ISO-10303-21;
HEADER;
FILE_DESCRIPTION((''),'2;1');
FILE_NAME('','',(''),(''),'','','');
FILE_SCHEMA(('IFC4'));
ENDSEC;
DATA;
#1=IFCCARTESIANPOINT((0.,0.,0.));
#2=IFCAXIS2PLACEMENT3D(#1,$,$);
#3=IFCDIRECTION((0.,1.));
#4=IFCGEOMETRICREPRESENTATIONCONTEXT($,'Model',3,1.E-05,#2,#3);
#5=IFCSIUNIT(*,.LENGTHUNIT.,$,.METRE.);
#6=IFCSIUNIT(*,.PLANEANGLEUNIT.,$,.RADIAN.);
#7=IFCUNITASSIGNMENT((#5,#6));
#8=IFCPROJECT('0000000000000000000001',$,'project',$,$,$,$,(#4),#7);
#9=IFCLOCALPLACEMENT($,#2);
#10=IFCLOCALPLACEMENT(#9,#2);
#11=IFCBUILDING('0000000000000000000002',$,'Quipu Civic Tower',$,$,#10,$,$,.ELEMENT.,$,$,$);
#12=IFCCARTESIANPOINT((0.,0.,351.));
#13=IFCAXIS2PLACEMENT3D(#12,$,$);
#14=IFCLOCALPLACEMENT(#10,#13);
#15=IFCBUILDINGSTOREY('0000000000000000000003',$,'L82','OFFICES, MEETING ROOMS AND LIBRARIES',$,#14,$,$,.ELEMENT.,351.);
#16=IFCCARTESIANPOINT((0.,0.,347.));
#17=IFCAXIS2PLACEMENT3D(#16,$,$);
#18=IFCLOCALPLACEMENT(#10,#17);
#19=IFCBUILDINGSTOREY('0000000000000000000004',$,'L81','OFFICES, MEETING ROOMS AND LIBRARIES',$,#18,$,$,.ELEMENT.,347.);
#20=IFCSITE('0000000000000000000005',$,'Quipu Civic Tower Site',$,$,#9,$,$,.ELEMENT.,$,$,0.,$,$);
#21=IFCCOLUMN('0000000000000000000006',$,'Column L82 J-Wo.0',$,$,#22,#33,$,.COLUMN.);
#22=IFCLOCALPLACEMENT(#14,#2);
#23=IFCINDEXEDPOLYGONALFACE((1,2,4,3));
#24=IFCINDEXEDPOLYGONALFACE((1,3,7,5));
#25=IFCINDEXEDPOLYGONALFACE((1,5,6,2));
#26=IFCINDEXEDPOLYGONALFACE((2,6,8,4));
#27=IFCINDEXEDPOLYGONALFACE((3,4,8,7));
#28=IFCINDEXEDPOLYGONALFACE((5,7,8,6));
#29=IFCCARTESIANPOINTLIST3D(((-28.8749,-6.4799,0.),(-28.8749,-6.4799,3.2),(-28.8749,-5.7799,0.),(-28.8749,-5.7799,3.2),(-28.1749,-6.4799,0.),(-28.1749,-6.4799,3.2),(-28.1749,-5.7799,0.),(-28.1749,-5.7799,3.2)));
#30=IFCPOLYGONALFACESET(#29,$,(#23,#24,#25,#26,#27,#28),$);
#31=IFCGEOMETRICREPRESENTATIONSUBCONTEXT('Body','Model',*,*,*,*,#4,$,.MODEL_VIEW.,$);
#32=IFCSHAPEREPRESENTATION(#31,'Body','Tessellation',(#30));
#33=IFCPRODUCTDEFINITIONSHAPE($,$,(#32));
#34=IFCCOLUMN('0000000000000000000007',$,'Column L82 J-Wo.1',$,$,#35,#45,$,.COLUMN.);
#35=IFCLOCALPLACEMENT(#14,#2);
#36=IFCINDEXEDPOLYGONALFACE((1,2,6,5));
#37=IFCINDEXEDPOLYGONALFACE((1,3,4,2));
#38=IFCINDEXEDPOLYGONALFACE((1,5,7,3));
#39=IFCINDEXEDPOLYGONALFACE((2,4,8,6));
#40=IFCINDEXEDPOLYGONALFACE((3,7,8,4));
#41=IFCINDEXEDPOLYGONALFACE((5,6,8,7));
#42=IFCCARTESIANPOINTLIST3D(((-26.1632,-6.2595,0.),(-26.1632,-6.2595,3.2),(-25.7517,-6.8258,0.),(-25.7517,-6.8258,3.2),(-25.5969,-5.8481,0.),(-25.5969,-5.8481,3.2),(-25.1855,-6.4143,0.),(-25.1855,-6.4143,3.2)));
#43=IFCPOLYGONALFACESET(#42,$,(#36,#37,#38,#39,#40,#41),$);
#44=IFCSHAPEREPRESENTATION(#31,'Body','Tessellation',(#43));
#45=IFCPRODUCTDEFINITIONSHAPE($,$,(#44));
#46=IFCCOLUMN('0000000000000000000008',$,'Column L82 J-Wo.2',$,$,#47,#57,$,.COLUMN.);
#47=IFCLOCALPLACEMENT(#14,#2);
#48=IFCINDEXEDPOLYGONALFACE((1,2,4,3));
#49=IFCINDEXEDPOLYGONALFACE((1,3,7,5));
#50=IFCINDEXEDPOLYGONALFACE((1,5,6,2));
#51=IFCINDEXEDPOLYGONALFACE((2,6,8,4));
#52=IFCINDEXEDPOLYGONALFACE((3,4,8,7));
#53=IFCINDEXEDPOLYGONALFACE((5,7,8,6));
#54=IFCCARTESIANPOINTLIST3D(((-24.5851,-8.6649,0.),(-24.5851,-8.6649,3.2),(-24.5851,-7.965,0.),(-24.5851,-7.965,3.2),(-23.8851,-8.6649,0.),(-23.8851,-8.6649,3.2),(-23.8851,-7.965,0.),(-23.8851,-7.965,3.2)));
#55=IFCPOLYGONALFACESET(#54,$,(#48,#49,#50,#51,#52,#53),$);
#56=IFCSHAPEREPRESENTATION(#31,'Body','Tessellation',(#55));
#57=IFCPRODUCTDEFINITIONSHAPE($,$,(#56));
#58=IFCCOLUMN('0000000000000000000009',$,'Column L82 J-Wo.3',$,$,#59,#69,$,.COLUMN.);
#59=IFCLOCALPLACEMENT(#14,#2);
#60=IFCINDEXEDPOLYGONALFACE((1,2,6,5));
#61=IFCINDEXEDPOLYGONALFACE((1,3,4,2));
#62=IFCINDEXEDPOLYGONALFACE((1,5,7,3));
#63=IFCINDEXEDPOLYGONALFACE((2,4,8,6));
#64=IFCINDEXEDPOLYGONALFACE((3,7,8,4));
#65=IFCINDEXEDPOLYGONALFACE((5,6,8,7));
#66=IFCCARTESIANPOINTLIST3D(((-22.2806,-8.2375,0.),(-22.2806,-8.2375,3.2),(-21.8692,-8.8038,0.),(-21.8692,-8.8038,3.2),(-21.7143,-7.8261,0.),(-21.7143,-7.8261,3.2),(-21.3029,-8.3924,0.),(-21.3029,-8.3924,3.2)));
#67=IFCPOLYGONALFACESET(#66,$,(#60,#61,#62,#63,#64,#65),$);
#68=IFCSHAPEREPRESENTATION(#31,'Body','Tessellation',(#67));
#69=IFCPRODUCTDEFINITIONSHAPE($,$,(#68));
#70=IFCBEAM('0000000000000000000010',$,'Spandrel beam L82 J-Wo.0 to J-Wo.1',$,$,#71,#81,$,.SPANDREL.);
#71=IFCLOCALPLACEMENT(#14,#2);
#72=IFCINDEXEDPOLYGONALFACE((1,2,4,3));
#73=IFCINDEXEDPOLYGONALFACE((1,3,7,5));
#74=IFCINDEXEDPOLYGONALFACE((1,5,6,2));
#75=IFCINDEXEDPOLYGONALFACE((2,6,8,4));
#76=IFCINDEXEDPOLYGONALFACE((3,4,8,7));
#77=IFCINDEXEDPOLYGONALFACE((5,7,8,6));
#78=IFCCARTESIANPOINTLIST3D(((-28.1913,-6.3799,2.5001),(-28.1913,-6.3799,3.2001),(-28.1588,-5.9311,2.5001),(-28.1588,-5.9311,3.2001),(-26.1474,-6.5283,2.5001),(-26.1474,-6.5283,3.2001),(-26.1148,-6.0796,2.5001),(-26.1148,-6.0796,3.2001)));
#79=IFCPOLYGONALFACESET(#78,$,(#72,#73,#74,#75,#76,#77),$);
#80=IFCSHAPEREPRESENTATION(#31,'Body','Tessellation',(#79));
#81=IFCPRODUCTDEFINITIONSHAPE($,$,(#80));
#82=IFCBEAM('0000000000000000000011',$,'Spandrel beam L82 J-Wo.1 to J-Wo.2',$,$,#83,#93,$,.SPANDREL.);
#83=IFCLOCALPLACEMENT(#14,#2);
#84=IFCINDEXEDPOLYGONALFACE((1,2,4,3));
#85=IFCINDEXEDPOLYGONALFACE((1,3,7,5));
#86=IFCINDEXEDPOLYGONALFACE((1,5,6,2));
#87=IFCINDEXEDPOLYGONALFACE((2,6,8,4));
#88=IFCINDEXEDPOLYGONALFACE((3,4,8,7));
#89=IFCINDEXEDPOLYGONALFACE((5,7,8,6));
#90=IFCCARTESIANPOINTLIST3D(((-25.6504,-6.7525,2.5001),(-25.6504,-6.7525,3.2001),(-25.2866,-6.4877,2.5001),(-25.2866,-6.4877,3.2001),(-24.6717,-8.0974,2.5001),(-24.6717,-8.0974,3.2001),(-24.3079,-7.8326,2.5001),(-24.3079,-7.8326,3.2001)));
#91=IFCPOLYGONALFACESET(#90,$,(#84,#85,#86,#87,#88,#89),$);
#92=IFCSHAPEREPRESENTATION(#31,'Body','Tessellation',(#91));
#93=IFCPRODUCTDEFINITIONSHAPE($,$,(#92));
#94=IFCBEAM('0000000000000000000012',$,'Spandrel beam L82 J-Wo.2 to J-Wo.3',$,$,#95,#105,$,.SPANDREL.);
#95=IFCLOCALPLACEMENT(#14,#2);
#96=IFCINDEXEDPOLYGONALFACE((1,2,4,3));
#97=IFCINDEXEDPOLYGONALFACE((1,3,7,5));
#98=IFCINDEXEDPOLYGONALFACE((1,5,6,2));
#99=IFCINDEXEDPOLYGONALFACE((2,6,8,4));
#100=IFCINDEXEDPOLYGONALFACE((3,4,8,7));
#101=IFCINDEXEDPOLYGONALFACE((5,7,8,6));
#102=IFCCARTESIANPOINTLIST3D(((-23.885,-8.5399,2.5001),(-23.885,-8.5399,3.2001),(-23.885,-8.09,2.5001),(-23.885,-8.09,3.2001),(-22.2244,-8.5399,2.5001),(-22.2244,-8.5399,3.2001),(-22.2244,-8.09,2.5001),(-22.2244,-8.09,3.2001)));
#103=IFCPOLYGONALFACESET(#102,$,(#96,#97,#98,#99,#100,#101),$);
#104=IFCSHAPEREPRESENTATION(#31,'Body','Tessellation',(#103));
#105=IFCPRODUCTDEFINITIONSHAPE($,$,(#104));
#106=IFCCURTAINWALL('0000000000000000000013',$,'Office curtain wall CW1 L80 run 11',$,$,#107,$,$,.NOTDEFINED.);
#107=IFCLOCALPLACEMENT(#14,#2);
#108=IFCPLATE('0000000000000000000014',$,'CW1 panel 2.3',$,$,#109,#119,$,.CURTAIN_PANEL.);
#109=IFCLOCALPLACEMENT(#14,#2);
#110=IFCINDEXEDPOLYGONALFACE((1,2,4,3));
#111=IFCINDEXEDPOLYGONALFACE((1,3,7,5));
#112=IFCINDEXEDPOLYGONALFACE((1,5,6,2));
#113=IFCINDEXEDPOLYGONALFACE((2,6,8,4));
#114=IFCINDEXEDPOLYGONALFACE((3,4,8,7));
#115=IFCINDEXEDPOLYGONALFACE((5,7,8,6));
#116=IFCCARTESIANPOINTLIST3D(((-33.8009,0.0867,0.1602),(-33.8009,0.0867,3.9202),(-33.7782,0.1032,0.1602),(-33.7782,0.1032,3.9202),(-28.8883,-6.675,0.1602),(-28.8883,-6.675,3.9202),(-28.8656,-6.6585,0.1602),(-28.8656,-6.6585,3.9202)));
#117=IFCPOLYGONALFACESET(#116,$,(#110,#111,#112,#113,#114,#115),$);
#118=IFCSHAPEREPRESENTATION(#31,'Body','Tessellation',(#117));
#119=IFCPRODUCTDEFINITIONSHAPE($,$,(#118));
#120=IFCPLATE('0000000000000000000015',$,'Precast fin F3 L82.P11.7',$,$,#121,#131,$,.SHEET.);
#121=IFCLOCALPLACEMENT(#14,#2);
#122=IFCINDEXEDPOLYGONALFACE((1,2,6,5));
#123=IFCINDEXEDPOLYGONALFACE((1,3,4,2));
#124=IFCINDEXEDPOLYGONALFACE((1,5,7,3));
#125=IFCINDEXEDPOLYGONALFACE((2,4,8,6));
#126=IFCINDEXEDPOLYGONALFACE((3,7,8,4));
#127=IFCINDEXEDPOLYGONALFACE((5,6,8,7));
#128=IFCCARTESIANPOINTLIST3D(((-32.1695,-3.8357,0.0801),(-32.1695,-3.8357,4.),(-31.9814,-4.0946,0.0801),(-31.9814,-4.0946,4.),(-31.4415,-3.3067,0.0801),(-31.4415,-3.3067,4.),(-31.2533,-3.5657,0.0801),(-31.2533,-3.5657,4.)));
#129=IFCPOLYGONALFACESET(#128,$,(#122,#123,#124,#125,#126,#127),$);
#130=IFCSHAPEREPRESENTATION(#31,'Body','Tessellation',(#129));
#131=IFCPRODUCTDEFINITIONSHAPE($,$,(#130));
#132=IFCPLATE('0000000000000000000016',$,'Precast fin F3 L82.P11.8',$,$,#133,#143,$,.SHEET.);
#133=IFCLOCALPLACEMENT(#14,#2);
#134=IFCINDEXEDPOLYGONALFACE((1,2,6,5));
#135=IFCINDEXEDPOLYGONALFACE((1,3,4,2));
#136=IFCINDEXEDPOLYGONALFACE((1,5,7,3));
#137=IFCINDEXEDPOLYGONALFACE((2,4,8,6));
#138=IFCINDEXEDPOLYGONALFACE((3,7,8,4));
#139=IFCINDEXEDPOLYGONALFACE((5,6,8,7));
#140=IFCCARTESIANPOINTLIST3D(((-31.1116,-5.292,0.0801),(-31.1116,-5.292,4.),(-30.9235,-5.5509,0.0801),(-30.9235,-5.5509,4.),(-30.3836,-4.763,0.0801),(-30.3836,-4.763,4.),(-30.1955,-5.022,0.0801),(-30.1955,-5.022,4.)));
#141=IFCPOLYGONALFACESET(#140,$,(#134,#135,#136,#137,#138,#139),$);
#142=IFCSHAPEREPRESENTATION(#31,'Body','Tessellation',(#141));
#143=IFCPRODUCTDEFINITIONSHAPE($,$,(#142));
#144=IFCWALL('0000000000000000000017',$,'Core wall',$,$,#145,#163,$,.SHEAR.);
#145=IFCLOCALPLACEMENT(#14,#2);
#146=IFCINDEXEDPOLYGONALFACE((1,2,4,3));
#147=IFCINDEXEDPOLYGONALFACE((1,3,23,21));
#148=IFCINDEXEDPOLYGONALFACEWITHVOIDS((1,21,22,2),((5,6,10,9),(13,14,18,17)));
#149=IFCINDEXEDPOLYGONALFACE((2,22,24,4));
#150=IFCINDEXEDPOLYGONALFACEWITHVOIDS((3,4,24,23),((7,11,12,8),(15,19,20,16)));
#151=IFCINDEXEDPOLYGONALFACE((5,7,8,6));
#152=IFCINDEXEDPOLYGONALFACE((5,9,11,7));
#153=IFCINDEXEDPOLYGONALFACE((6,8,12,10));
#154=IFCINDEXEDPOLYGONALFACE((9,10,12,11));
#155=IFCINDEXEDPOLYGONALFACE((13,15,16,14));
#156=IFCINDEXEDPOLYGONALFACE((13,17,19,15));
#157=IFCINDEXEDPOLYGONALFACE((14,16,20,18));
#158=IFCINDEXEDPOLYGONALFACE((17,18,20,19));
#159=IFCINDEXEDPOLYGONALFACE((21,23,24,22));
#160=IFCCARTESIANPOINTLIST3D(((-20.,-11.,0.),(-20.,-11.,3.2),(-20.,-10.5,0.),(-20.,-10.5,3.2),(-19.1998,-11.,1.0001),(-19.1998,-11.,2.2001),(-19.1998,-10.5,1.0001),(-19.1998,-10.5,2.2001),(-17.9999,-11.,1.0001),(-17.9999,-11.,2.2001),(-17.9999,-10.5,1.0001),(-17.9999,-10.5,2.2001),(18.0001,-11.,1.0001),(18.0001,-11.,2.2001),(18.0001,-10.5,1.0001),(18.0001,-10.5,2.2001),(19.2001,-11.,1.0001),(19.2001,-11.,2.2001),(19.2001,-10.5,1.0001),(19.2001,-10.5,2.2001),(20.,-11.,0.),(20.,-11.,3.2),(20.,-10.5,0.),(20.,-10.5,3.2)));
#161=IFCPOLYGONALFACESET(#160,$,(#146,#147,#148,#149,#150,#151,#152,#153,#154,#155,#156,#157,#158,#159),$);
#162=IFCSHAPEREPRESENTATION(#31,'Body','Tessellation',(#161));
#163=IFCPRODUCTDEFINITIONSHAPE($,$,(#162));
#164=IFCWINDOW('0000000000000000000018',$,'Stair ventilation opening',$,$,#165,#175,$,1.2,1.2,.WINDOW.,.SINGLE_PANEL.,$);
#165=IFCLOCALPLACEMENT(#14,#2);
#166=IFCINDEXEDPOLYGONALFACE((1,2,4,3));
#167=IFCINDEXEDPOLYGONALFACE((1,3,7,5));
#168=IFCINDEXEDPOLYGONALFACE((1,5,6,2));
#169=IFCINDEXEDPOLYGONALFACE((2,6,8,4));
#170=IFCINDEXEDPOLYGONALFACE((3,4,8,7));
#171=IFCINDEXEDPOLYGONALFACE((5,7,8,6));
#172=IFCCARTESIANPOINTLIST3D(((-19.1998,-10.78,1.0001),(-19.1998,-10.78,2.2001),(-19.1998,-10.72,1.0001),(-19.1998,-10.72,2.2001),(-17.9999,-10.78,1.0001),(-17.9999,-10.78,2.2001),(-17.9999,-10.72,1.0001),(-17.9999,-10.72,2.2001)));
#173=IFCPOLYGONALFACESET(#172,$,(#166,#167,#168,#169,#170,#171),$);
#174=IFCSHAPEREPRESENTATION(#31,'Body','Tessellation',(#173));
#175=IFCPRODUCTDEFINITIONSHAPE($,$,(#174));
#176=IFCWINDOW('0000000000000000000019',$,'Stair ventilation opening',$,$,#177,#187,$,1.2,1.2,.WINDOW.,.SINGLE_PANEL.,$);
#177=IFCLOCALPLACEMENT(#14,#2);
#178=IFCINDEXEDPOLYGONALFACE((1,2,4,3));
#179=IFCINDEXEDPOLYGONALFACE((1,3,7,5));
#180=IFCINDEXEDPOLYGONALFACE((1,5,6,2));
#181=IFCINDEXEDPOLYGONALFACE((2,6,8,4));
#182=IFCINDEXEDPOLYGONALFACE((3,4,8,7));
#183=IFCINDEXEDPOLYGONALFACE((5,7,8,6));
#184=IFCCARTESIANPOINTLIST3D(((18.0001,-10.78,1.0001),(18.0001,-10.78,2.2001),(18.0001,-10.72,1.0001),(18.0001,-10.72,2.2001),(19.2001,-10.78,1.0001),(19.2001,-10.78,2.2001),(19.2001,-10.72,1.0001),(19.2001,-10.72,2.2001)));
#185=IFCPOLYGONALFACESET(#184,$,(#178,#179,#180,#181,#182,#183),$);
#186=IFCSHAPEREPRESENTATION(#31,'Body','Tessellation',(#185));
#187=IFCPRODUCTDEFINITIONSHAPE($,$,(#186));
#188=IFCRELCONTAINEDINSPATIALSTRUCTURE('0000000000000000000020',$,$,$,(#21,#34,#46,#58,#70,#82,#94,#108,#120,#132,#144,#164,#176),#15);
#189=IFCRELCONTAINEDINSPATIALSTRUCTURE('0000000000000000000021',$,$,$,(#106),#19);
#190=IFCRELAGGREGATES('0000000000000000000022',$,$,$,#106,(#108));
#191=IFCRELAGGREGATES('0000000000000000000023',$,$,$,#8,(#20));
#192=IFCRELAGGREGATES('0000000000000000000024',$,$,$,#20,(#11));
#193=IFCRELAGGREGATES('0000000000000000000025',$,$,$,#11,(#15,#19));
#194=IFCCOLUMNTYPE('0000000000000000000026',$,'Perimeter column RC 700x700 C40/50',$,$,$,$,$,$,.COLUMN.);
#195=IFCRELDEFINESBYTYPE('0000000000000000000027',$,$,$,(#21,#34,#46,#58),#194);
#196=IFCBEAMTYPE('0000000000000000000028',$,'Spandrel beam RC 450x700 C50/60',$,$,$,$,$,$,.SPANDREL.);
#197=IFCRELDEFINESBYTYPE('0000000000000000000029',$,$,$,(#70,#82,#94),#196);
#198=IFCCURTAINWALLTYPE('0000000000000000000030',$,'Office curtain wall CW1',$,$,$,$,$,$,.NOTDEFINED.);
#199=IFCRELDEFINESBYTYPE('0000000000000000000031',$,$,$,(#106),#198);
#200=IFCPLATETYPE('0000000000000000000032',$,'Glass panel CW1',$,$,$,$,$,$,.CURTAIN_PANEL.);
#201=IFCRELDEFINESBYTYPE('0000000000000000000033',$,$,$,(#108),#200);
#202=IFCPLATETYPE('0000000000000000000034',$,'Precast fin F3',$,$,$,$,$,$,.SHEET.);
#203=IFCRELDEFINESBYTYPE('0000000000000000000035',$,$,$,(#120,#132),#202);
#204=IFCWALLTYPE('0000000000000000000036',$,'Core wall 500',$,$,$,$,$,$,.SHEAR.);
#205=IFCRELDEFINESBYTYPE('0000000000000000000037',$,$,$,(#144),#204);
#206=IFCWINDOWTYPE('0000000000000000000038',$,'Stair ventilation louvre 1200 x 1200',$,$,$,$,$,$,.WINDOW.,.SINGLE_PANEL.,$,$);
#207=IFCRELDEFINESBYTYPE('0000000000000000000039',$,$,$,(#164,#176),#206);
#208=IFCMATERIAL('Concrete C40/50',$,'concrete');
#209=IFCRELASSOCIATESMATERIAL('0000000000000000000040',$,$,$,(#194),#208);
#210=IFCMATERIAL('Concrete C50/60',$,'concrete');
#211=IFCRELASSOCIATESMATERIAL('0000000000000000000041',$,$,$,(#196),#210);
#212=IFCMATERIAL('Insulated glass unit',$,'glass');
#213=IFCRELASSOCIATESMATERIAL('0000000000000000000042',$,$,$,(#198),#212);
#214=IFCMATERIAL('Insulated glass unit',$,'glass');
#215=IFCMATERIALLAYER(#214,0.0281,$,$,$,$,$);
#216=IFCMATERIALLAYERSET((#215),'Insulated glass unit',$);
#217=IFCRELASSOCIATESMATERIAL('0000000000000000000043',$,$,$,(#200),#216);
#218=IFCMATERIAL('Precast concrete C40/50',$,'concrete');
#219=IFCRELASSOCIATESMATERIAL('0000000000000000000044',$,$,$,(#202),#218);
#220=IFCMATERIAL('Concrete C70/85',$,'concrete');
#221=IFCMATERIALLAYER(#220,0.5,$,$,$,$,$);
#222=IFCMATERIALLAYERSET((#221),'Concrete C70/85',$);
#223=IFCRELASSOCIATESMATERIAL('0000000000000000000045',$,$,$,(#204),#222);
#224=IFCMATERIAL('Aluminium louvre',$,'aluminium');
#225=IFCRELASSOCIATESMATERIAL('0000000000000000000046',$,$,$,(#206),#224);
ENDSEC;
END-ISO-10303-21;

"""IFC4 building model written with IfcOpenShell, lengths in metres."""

from ifc_helpers import new_model, si_unit, direction, frame, frame_2d, origin, origin_2d, place, context, subcontext, project, spatial, rectangle, extrude, material, layer, layer_set, material_profile, profile_set, type_object, element, fill, aggregate, save


model = new_model("IFC4")

# Units and contexts
model_context = context("Model", 3, precision=1e-05, world=origin(), true_north=direction((0.0, 1.0)))
body_context = subcontext(model_context, "Body", "Model", "MODEL_VIEW")
ifc_project = project(units=[si_unit("LENGTHUNIT", "METRE"), si_unit("PLANEANGLEUNIT", "RADIAN")], contexts=[model_context])

# Site, building, storey
site_placement = place(None, origin())
site = spatial("IfcSite", under=ifc_project, at=site_placement, Name="Quipu Civic Tower Site", CompositionType="ELEMENT", RefElevation=0.0)
building_placement = place(site_placement, origin())
building = spatial("IfcBuilding", under=site, at=building_placement, Name="Quipu Civic Tower", CompositionType="ELEMENT")
storey_1_placement = place(building_placement, frame((0.0, 0.0, 351.0)))
storey_1 = spatial("IfcBuildingStorey", under=building, at=storey_1_placement, Name="L82", Description="OFFICES, MEETING ROOMS AND LIBRARIES", CompositionType="ELEMENT", Elevation=351.0)

# Columns
ifc_material_1 = material(Name="Concrete C40/50", Category="concrete")
ifc_material_profile_1 = material_profile(ifc_material_1, rectangle(XDim=0.7, YDim=0.7, at=origin_2d()), Name="RC700x700")
ifc_profile_set_1 = profile_set([ifc_material_profile_1], Name="Concrete C40/50")
column_type = type_object("IfcColumnType", Name="Perimeter column RC 700x700 C40/50", PredefinedType="COLUMN", material=ifc_profile_set_1)
for number, where, z_axis, x_axis, name in (
    (1, (-28.5249, -6.1299, 0.0), (0.0, 0.0, 1.0), (1.0, 0.0, 0.0), "Column L82 J-Wo.0"),
    (2, (-25.6743, -6.3369, 0.0), (0.0, 0.0, 1.0), (0.587785, -0.809017, 0.0), "Column L82 J-Wo.1"),
    (3, (-24.2351, -8.3149, 0.0), (0.0, 0.0, 1.0), (1.0, 0.0, 0.0), "Column L82 J-Wo.2"),
    (4, (-21.7917, -8.3149, 0.0), (0.0, 0.0, 1.0), (0.587785, -0.809017, 0.0), "Column L82 J-Wo.3"),
):
    element("IfcColumn", number, at=place(storey_1_placement, frame(where, z_axis=z_axis, x_axis=x_axis)), inside=storey_1, type_object=column_type, Name=name, PredefinedType="COLUMN", context=body_context, shape_type="SweptSolid", body=[
        extrude(rectangle(XDim=0.7, YDim=0.7, at=origin_2d()), origin(), (0.0, 0.0, 1.0), 3.2),
    ])

# Beams
ifc_material_2 = material(Name="Concrete C50/60", Category="concrete")
ifc_material_profile_2 = material_profile(ifc_material_2, rectangle(XDim=0.45, YDim=0.7, at=origin_2d()), Name="RC450x700")
ifc_profile_set_2 = profile_set([ifc_material_profile_2], Name="Concrete C50/60")
beam_type = type_object("IfcBeamType", Name="Spandrel beam RC 450x700 C50/60", PredefinedType="SPANDREL", material=ifc_profile_set_2)
beam_1_placement = place(storey_1_placement, frame((-28.175, -6.1555, 2.8501), z_axis=(0.997373, -0.072432, 0.0), x_axis=(0.072432, 0.997373, 0.0)))
element("IfcBeam", 5, at=beam_1_placement, inside=storey_1, type_object=beam_type, Name="Spandrel beam L82 J-Wo.0 to J-Wo.1", PredefinedType="SPANDREL", context=body_context, shape_type="SweptSolid", body=[
    extrude(rectangle(XDim=0.45, YDim=0.7, at=origin_2d()), origin(), (0.0, 0.0, 1.0), 2.0493),
])
beam_2_placement = place(storey_1_placement, frame((-25.4685, -6.6201, 2.8501), z_axis=(0.588407, -0.808565, 0.0), x_axis=(0.808565, 0.588407, 0.0)))
element("IfcBeam", 6, at=beam_2_placement, inside=storey_1, type_object=beam_type, Name="Spandrel beam L82 J-Wo.1 to J-Wo.2", PredefinedType="SPANDREL", context=body_context, shape_type="SweptSolid", body=[
    extrude(rectangle(XDim=0.45, YDim=0.7, at=origin_2d()), origin(), (0.0, 0.0, 1.0), 1.6633),
])
beam_3_placement = place(storey_1_placement, frame((-23.885, -8.3149, 2.8501), z_axis=(1.0, 0.0, 0.0), x_axis=(0.0, 1.0, 0.0)))
element("IfcBeam", 7, at=beam_3_placement, inside=storey_1, type_object=beam_type, Name="Spandrel beam L82 J-Wo.2 to J-Wo.3", PredefinedType="SPANDREL", context=body_context, shape_type="SweptSolid", body=[
    extrude(rectangle(XDim=0.45, YDim=0.7, at=origin_2d()), origin(), (0.0, 0.0, 1.0), 1.6606),
])

# Shared definitions
storey_2_placement = place(building_placement, frame((0.0, 0.0, 347.0)))
storey_2 = spatial("IfcBuildingStorey", under=building, at=storey_2_placement, Name="L81", Description="OFFICES, MEETING ROOMS AND LIBRARIES", CompositionType="ELEMENT", Elevation=347.0)

# Curtain wall, plate
ifc_material_3 = material(Name="Insulated glass unit", Category="glass")
curtain_wall_type = type_object("IfcCurtainWallType", Name="Office curtain wall CW1", PredefinedType="NOTDEFINED", material=ifc_material_3)
curtain_wall_placement = place(storey_2_placement, origin())
curtain_wall = element("IfcCurtainWall", 8, at=curtain_wall_placement, inside=storey_2, type_object=curtain_wall_type, Name="Office curtain wall CW1 L80 run 11", PredefinedType="NOTDEFINED")
ifc_material_4 = material(Name="Insulated glass unit", Category="glass")
ifc_layer_1 = layer(ifc_material_4, 0.0281)
ifc_layer_set_1 = layer_set([ifc_layer_1], Name="Insulated glass unit")
plate_type_1 = type_object("IfcPlateType", Name="Glass panel CW1", PredefinedType="CURTAIN_PANEL", material=ifc_layer_set_1)
plate_placement = place(storey_1_placement, frame((-31.3333, -3.2859, 0.1602), z_axis=(0.0, 0.0, 1.0), x_axis=(0.587786, -0.809016, 0.0)))
plate = element("IfcPlate", 9, at=plate_placement, inside=storey_1, type_object=plate_type_1, Name="CW1 panel 2.3", PredefinedType="CURTAIN_PANEL", context=body_context, shape_type="SweptSolid", body=[
    extrude(rectangle(XDim=8.3579, YDim=0.0281, at=origin_2d()), origin(), (0.0, 0.0, 1.0), 3.76),
])
aggregate(curtain_wall, [plate])

# Plates
ifc_material_5 = material(Name="Precast concrete C40/50", Category="concrete")
plate_type_2 = type_object("IfcPlateType", Name="Precast fin F3", PredefinedType="SHEET", material=ifc_material_5)
for number, where, z_axis, x_axis, name in (
    (10, (-31.7114, -3.7007, 0.0801), (0.0, 0.0, 1.0), (0.587787, -0.809016, 0.0), "Precast fin F3 L82.P11.7"),
    (11, (-30.6536, -5.157, 0.0801), (0.0, 0.0, 1.0), (0.587787, -0.809016, 0.0), "Precast fin F3 L82.P11.8"),
):
    element("IfcPlate", number, at=place(storey_1_placement, frame(where, z_axis=z_axis, x_axis=x_axis)), inside=storey_1, type_object=plate_type_2, Name=name, PredefinedType="SHEET", context=body_context, shape_type="SweptSolid", body=[
        extrude(rectangle(XDim=0.3201, YDim=0.8999, at=origin_2d()), origin(), (0.0, 0.0, 1.0), 3.9199),
    ])

# Wall, openings, windows
ifc_material_6 = material(Name="Concrete C70/85", Category="concrete")
ifc_layer_2 = layer(ifc_material_6, 0.5)
ifc_layer_set_2 = layer_set([ifc_layer_2], Name="Concrete C70/85")
wall_type_1 = type_object("IfcWallType", Name="Core wall 500", PredefinedType="SHEAR", material=ifc_layer_set_2)
wall_1_placement = place(storey_1_placement, frame((-20.0, -10.75, 0.0), z_axis=(0.0, 0.0, 1.0), x_axis=(1.0, 0.0, 0.0)))
wall_1 = element("IfcWall", 12, at=wall_1_placement, inside=storey_1, type_object=wall_type_1, Name="Core wall", PredefinedType="SHEAR", context=body_context, shape_type="SweptSolid", body=[
    extrude(rectangle(XDim=40.0, YDim=0.5, at=frame_2d((20.0, 0.0))), origin(), (0.0, 0.0, 1.0), 3.2),
])
opening_1_placement = place(wall_1_placement, frame((0.8, 0.0, 1.0)))
opening_1 = element("IfcOpeningElement", 13, at=opening_1_placement, cuts=wall_1, PredefinedType="OPENING", context=body_context, shape_type="SweptSolid", body=[
    extrude(rectangle(XDim=1.2, YDim=1.2, at=frame_2d((0.6001, 0.6001))), frame((0.0, 0.26, 0.0), z_axis=(0.0, -1.0, 0.0), x_axis=(1.0, 0.0, 0.0)), (0.0, 0.0, 1.0), 0.52),
])
opening_2_placement = place(wall_1_placement, frame((38.0, 0.0, 1.0)))
opening_2 = element("IfcOpeningElement", 14, at=opening_2_placement, cuts=wall_1, PredefinedType="OPENING", context=body_context, shape_type="SweptSolid", body=[
    extrude(rectangle(XDim=1.2, YDim=1.2, at=frame_2d((0.6001, 0.6001))), frame((0.0, 0.26, 0.0), z_axis=(0.0, -1.0, 0.0), x_axis=(1.0, 0.0, 0.0)), (0.0, 0.0, 1.0), 0.52),
])
ifc_material_7 = material(Name="Aluminium louvre", Category="aluminium")
window_type = type_object("IfcWindowType", Name="Stair ventilation louvre 1200 x 1200", PartitioningType="SINGLE_PANEL", PredefinedType="WINDOW", material=ifc_material_7)
window_1_placement = place(opening_1_placement, origin())
window_1 = element("IfcWindow", 15, at=window_1_placement, inside=storey_1, type_object=window_type, Name="Stair ventilation opening", OverallHeight=1.2, OverallWidth=1.2, PartitioningType="SINGLE_PANEL", PredefinedType="WINDOW", context=body_context, shape_type="SweptSolid", body=[
    extrude(rectangle(XDim=1.2, YDim=1.2, at=frame_2d((0.6001, 0.6001))), frame((0.0, 0.03, 0.0), z_axis=(0.0, -1.0, 0.0), x_axis=(1.0, 0.0, 0.0)), (0.0, 0.0, 1.0), 0.0601),
])
fill(opening_1, window_1)
window_2_placement = place(opening_2_placement, origin())
window_2 = element("IfcWindow", 16, at=window_2_placement, inside=storey_1, type_object=window_type, Name="Stair ventilation opening", OverallHeight=1.2, OverallWidth=1.2, PartitioningType="SINGLE_PANEL", PredefinedType="WINDOW", context=body_context, shape_type="SweptSolid", body=[
    extrude(rectangle(XDim=1.2, YDim=1.2, at=frame_2d((0.6001, 0.6001))), frame((0.0, 0.03, 0.0), z_axis=(0.0, -1.0, 0.0), x_axis=(1.0, 0.0, 0.0)), (0.0, 0.0, 1.0), 0.0601),
])
fill(opening_2, window_2)

save(model, "model.ifc")
